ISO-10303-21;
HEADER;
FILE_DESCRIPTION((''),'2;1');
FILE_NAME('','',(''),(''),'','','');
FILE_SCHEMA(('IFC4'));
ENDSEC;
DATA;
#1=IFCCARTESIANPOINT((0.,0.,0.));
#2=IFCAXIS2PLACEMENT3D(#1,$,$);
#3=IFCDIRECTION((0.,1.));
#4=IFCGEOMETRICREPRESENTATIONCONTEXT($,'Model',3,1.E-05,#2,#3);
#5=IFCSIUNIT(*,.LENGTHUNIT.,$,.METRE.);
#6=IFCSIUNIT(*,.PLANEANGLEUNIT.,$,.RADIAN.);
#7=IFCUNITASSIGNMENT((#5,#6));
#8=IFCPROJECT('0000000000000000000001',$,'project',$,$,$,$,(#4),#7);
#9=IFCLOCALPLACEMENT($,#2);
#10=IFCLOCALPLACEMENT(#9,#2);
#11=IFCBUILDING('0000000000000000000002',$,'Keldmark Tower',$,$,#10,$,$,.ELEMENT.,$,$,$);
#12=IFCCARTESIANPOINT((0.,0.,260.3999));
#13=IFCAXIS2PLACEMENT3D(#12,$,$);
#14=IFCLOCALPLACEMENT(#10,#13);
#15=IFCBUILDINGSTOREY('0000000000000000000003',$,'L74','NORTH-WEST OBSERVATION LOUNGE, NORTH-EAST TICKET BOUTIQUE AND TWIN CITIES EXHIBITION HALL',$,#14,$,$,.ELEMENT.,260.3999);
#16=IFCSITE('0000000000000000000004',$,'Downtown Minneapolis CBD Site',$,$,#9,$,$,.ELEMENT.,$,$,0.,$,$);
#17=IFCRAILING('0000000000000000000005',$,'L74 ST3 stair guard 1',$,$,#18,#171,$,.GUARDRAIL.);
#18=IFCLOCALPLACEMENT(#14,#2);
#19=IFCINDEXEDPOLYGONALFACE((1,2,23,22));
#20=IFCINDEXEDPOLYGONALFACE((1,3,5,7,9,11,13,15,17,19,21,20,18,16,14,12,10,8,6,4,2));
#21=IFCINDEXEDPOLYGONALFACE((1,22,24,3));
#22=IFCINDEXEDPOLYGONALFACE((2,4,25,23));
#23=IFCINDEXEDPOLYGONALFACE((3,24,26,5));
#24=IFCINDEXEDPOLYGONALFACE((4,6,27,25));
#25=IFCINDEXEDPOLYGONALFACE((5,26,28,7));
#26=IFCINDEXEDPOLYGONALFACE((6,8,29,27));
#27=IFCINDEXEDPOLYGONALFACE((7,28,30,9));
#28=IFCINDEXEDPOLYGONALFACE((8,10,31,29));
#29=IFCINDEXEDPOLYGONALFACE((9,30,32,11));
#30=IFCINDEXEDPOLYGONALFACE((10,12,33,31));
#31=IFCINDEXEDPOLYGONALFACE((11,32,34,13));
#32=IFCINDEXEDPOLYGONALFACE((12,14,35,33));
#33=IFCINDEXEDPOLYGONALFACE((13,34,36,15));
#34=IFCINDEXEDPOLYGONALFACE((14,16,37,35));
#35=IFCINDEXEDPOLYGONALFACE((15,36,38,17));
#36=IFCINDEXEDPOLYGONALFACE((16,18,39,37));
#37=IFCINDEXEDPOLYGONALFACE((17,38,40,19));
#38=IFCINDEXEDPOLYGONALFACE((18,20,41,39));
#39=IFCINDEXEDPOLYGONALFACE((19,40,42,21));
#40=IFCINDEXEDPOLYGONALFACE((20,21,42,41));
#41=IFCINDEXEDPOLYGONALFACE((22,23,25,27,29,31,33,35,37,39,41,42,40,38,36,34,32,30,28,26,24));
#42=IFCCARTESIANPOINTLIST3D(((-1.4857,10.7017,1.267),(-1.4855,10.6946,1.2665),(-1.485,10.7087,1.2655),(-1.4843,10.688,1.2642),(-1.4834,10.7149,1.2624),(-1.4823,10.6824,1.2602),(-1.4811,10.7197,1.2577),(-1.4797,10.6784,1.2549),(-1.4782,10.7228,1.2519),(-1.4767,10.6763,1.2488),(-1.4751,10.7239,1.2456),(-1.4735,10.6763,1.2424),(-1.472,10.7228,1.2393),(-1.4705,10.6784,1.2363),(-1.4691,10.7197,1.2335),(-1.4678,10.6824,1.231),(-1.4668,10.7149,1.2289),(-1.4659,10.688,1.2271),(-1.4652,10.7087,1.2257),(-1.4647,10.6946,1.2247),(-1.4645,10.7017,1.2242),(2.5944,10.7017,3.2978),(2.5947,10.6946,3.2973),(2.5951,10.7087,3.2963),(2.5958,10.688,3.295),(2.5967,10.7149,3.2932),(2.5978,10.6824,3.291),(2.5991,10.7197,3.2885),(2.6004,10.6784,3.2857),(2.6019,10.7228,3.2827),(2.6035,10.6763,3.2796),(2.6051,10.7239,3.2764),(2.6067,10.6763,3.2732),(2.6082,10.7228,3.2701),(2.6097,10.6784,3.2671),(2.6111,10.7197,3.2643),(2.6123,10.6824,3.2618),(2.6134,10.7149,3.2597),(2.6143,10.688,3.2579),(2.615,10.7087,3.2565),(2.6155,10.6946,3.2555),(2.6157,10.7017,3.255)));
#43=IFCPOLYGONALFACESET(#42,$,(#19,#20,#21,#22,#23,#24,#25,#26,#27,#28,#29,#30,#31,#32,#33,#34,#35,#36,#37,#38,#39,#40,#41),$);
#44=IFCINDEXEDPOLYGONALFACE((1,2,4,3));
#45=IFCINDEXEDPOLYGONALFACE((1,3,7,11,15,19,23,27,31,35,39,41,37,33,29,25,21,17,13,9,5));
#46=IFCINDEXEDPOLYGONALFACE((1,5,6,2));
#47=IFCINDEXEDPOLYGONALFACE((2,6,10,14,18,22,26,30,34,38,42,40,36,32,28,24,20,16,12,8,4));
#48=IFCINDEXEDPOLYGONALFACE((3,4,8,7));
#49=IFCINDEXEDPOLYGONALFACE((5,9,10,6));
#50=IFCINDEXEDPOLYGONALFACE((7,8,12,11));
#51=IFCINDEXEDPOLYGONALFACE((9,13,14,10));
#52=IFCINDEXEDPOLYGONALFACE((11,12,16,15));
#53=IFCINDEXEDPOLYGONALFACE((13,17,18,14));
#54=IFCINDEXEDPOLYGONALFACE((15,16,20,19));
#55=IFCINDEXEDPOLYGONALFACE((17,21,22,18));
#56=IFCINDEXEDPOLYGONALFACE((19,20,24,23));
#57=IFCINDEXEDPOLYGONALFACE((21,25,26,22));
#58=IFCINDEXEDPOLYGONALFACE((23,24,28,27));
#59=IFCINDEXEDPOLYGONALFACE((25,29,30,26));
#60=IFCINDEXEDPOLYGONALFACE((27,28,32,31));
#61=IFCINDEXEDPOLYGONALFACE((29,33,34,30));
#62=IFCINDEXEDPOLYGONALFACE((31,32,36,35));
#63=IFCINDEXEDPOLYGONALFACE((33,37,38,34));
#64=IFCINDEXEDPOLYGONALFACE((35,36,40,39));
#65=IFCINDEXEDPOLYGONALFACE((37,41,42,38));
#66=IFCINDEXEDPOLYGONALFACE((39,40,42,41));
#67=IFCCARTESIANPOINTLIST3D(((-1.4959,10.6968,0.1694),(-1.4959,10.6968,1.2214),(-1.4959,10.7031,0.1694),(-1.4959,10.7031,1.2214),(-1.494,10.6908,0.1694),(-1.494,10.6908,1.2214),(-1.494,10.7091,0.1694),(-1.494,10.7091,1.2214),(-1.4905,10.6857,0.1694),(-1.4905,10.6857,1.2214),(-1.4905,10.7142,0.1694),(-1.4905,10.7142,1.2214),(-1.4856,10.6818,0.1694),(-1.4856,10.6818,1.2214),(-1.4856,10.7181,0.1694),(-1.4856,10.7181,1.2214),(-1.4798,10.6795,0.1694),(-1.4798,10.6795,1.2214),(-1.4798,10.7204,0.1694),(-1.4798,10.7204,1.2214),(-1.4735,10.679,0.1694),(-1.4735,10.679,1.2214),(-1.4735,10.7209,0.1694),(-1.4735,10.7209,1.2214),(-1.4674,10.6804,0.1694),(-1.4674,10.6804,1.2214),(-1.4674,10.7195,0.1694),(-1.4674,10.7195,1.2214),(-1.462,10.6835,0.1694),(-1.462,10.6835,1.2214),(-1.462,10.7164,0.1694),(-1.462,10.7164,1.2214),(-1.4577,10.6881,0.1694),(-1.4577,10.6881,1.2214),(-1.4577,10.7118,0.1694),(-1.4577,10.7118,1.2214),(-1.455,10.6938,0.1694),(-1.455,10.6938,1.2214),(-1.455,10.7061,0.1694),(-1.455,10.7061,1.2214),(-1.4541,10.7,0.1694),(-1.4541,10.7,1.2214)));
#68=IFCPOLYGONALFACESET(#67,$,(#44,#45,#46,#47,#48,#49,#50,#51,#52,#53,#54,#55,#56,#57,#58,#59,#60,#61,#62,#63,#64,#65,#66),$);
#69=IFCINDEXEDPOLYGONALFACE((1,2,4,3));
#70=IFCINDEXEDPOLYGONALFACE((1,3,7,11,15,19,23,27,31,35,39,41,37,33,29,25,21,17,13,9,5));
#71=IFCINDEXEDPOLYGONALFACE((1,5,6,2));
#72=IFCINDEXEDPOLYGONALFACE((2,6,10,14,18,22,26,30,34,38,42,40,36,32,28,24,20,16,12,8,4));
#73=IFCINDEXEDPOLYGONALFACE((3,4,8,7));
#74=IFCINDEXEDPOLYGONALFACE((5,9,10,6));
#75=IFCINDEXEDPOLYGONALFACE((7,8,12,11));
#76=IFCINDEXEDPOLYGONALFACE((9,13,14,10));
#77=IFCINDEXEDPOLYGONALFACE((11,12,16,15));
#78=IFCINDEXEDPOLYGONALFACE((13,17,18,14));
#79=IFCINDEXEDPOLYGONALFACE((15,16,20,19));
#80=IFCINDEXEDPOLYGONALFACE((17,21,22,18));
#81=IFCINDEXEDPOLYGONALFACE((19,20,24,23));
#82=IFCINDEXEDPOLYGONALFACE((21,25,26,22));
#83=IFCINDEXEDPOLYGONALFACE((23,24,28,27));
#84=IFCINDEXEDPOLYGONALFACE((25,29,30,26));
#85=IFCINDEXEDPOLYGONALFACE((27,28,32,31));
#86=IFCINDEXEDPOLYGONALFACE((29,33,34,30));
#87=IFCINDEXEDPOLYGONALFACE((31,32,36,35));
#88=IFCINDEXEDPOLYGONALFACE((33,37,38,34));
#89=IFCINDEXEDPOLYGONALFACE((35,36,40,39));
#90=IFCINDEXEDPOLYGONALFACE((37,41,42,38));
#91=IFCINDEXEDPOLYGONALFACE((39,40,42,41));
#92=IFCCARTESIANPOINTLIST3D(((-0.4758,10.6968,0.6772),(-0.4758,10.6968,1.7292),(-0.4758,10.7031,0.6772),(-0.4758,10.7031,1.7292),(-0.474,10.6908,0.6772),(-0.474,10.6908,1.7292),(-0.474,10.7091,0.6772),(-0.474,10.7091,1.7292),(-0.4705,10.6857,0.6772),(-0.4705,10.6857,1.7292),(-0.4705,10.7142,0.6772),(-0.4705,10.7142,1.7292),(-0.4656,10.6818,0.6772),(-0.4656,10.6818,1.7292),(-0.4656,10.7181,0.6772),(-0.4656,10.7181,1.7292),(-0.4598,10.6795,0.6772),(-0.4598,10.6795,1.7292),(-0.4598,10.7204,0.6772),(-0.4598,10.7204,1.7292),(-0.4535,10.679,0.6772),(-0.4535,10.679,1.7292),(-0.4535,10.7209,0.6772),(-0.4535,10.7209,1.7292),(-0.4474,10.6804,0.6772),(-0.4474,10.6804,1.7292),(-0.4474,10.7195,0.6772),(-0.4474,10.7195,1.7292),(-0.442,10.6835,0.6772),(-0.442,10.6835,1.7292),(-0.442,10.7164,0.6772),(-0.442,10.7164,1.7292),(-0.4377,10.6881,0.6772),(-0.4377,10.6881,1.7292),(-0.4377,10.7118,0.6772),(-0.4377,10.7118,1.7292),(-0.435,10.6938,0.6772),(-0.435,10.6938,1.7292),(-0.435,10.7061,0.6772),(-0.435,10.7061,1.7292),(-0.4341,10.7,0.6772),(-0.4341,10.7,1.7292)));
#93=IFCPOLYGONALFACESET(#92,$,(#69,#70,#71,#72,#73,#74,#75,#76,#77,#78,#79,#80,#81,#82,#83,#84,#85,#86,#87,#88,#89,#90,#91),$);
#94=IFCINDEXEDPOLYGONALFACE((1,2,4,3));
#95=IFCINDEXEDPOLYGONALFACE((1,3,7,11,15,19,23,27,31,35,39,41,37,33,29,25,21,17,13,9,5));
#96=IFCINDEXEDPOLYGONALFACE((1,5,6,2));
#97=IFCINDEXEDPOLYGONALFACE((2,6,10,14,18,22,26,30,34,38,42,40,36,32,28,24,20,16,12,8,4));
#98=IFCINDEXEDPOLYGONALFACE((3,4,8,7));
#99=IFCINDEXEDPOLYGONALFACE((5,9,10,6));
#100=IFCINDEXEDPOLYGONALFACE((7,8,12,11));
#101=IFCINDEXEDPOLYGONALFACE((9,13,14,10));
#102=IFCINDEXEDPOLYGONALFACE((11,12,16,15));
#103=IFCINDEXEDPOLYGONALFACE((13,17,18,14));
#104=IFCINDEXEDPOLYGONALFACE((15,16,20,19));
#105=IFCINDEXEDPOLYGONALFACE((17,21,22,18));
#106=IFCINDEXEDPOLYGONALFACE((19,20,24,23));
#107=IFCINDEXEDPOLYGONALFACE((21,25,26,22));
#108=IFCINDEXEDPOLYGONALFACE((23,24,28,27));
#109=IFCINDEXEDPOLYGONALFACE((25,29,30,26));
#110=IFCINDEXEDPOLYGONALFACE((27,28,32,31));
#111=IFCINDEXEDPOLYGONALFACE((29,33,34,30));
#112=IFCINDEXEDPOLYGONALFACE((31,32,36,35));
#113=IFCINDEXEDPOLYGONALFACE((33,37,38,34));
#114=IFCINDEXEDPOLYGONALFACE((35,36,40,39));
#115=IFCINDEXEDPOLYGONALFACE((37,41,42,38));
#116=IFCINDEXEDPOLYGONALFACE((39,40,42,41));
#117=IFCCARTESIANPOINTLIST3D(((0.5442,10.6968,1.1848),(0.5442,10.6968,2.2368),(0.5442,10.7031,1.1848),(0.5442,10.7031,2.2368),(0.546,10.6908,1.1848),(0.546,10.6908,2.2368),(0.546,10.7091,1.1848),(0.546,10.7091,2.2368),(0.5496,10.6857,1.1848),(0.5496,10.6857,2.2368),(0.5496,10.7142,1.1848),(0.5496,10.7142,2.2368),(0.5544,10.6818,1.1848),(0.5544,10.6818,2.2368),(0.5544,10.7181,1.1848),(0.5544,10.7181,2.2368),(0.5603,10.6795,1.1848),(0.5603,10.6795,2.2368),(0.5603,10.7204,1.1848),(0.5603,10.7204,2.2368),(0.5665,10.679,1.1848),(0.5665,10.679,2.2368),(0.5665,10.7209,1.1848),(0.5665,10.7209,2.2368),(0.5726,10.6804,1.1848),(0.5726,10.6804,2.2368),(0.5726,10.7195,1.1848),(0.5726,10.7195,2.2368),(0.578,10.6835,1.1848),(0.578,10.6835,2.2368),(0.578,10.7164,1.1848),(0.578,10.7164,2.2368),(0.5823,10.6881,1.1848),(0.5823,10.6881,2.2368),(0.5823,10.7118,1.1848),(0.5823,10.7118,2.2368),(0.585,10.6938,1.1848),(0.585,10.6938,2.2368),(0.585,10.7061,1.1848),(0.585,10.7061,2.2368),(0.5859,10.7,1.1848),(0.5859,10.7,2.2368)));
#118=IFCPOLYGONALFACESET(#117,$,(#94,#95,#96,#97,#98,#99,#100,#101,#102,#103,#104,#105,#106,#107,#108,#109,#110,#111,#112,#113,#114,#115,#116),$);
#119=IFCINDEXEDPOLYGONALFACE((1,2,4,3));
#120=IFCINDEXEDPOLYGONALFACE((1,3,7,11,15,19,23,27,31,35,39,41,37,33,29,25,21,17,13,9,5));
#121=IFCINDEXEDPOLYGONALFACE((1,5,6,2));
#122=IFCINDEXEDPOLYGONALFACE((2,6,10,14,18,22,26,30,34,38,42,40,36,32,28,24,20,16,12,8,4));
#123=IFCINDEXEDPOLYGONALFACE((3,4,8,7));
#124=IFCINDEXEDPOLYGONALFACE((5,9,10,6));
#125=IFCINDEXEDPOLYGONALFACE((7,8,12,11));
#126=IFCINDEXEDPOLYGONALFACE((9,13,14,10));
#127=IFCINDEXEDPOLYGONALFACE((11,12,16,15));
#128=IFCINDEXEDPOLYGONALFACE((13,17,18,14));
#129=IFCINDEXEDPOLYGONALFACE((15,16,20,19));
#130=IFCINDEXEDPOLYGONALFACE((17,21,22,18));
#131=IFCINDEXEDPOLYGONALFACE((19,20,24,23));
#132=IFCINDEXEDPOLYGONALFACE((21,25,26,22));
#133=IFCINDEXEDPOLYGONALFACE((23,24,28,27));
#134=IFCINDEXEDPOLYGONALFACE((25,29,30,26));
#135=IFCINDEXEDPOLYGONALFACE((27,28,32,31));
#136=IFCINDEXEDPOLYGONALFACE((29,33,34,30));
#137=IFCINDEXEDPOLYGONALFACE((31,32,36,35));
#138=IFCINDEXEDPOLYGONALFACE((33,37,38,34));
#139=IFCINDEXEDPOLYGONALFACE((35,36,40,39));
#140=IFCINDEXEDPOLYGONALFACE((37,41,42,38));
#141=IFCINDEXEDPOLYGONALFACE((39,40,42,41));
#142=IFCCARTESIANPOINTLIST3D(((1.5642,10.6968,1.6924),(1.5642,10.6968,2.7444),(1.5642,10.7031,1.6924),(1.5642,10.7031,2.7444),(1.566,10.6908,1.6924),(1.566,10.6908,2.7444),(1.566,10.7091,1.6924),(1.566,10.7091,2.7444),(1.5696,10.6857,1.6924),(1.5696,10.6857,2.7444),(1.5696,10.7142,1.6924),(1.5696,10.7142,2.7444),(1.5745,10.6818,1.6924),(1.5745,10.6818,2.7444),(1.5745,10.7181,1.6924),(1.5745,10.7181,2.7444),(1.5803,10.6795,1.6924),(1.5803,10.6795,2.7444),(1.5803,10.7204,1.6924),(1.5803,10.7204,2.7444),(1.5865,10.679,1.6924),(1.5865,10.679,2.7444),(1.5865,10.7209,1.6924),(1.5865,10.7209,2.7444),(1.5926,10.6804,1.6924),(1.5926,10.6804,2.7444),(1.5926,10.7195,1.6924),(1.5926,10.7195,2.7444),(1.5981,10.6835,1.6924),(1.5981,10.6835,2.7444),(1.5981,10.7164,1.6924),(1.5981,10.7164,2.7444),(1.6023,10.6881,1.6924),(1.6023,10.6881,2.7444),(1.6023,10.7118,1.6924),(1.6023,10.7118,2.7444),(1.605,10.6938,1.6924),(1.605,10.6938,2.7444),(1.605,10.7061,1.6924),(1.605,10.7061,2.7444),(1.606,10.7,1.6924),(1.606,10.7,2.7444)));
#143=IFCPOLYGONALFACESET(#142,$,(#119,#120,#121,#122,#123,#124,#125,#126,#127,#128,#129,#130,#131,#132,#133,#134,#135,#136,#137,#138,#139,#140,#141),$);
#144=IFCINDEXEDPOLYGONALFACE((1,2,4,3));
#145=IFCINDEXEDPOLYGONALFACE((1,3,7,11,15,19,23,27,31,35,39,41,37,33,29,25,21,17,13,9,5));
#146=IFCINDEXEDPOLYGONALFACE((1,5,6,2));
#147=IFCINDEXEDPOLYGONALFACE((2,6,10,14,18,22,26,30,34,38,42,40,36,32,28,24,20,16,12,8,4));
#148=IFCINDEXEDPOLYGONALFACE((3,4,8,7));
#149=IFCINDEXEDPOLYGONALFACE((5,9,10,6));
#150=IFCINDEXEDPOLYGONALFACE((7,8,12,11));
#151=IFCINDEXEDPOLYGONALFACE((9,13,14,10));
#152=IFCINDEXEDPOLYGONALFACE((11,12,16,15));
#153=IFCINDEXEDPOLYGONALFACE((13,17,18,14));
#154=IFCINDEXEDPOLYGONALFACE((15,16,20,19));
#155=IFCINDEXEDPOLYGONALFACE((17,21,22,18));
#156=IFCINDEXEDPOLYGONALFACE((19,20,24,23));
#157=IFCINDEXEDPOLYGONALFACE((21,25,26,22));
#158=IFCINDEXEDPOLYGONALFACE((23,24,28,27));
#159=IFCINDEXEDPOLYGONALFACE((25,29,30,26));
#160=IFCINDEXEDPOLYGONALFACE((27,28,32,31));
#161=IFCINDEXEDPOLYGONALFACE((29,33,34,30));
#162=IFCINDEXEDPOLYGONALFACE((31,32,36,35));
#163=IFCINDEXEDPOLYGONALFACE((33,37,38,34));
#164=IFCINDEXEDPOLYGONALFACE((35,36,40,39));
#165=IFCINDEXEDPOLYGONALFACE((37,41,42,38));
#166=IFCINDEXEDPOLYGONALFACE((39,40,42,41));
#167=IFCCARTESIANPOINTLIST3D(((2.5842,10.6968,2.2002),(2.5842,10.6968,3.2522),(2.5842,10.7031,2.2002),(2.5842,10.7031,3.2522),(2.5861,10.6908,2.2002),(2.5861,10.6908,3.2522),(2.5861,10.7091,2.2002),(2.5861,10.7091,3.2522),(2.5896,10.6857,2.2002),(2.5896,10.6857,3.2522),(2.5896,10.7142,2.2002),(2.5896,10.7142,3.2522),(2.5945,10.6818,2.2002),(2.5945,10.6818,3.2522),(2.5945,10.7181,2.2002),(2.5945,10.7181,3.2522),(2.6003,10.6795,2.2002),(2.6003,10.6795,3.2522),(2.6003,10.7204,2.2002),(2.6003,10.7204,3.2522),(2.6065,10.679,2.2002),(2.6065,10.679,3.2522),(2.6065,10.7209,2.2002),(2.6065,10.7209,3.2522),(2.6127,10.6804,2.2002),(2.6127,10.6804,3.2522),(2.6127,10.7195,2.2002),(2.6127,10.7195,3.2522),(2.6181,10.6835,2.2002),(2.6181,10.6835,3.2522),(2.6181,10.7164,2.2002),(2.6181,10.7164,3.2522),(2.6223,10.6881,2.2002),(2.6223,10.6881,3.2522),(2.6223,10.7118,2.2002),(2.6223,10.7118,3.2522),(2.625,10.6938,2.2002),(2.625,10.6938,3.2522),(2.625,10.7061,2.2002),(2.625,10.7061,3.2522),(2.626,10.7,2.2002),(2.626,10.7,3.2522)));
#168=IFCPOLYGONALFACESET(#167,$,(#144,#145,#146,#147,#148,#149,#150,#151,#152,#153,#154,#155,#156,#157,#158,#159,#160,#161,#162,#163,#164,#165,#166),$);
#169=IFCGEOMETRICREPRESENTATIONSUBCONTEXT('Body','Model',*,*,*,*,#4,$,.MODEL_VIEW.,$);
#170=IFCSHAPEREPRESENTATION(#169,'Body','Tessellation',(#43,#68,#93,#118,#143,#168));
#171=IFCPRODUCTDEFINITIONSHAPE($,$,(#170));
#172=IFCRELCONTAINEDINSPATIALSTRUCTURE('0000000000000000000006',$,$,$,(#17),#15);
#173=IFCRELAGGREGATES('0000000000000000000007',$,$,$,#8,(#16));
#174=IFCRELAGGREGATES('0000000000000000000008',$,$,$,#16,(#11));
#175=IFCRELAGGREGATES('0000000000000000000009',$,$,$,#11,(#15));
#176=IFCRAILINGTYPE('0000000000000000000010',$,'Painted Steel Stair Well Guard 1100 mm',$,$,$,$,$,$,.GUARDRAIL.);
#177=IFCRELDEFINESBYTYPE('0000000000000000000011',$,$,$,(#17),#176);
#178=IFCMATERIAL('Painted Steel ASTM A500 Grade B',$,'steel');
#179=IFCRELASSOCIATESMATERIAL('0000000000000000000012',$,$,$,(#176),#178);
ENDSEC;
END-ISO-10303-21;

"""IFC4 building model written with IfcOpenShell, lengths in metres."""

from ifc_helpers import new_model, si_unit, direction, frame, origin, origin_2d, place, context, subcontext, project, spatial, circle, extrude, material, type_object, element, save


model = new_model("IFC4")

# Units and contexts
model_context = context("Model", 3, precision=1e-05, world=origin(), true_north=direction((0.0, 1.0)))
body_context = subcontext(model_context, "Body", "Model", "MODEL_VIEW")
ifc_project = project(units=[si_unit("LENGTHUNIT", "METRE"), si_unit("PLANEANGLEUNIT", "RADIAN")], contexts=[model_context])

# Site, building, storey
site_placement = place(None, origin())
site = spatial("IfcSite", under=ifc_project, at=site_placement, Name="Downtown Minneapolis CBD Site", CompositionType="ELEMENT", RefElevation=0.0)
building_placement = place(site_placement, origin())
building = spatial("IfcBuilding", under=site, at=building_placement, Name="Keldmark Tower", CompositionType="ELEMENT")
storey_placement = place(building_placement, frame((0.0, 0.0, 260.3999)))
storey = spatial("IfcBuildingStorey", under=building, at=storey_placement, Name="L74", Description="NORTH-WEST OBSERVATION LOUNGE, NORTH-EAST TICKET BOUTIQUE AND TWIN CITIES EXHIBITION HALL", CompositionType="ELEMENT", Elevation=260.3999)

# Railing
ifc_material_1 = material(Name="Painted Steel ASTM A500 Grade B", Category="steel")
railing_type_1 = type_object("IfcRailingType", Name="Painted Steel Stair Well Guard 1100 mm", PredefinedType="GUARDRAIL", material=ifc_material_1)
railing_1_placement = place(storey_placement, frame((-1.4751, 10.7, 0.1694)))
element("IfcRailing", 1, at=railing_1_placement, inside=storey, type_object=railing_type_1, Name="L74 ST3 stair guard 1", PredefinedType="GUARDRAIL", context=body_context, shape_type="SweptSolid", body=[
    extrude(circle(Radius=0.0239, at=origin_2d()), frame((0.0, 0.0, 1.0762), z_axis=(0.89524, 0.0, 0.445584), x_axis=(0.0, 1.0, 0.0)), (0.0, 0.0, 1.0), 4.5576),
    extrude(circle(Radius=0.021, at=origin_2d()), origin(), (0.0, 0.0, 1.0), 1.052),
    extrude(circle(Radius=0.021, at=origin_2d()), frame((1.02, 0.0, 0.5078)), (0.0, 0.0, 1.0), 1.052),
    extrude(circle(Radius=0.021, at=origin_2d()), frame((2.04, 0.0, 1.0154)), (0.0, 0.0, 1.0), 1.052),
    extrude(circle(Radius=0.021, at=origin_2d()), frame((3.0601, 0.0, 1.5229)), (0.0, 0.0, 1.0), 1.052),
    extrude(circle(Radius=0.021, at=origin_2d()), frame((4.0801, 0.0, 2.0308)), (0.0, 0.0, 1.0), 1.052),
])

save(model, "model.ifc")
